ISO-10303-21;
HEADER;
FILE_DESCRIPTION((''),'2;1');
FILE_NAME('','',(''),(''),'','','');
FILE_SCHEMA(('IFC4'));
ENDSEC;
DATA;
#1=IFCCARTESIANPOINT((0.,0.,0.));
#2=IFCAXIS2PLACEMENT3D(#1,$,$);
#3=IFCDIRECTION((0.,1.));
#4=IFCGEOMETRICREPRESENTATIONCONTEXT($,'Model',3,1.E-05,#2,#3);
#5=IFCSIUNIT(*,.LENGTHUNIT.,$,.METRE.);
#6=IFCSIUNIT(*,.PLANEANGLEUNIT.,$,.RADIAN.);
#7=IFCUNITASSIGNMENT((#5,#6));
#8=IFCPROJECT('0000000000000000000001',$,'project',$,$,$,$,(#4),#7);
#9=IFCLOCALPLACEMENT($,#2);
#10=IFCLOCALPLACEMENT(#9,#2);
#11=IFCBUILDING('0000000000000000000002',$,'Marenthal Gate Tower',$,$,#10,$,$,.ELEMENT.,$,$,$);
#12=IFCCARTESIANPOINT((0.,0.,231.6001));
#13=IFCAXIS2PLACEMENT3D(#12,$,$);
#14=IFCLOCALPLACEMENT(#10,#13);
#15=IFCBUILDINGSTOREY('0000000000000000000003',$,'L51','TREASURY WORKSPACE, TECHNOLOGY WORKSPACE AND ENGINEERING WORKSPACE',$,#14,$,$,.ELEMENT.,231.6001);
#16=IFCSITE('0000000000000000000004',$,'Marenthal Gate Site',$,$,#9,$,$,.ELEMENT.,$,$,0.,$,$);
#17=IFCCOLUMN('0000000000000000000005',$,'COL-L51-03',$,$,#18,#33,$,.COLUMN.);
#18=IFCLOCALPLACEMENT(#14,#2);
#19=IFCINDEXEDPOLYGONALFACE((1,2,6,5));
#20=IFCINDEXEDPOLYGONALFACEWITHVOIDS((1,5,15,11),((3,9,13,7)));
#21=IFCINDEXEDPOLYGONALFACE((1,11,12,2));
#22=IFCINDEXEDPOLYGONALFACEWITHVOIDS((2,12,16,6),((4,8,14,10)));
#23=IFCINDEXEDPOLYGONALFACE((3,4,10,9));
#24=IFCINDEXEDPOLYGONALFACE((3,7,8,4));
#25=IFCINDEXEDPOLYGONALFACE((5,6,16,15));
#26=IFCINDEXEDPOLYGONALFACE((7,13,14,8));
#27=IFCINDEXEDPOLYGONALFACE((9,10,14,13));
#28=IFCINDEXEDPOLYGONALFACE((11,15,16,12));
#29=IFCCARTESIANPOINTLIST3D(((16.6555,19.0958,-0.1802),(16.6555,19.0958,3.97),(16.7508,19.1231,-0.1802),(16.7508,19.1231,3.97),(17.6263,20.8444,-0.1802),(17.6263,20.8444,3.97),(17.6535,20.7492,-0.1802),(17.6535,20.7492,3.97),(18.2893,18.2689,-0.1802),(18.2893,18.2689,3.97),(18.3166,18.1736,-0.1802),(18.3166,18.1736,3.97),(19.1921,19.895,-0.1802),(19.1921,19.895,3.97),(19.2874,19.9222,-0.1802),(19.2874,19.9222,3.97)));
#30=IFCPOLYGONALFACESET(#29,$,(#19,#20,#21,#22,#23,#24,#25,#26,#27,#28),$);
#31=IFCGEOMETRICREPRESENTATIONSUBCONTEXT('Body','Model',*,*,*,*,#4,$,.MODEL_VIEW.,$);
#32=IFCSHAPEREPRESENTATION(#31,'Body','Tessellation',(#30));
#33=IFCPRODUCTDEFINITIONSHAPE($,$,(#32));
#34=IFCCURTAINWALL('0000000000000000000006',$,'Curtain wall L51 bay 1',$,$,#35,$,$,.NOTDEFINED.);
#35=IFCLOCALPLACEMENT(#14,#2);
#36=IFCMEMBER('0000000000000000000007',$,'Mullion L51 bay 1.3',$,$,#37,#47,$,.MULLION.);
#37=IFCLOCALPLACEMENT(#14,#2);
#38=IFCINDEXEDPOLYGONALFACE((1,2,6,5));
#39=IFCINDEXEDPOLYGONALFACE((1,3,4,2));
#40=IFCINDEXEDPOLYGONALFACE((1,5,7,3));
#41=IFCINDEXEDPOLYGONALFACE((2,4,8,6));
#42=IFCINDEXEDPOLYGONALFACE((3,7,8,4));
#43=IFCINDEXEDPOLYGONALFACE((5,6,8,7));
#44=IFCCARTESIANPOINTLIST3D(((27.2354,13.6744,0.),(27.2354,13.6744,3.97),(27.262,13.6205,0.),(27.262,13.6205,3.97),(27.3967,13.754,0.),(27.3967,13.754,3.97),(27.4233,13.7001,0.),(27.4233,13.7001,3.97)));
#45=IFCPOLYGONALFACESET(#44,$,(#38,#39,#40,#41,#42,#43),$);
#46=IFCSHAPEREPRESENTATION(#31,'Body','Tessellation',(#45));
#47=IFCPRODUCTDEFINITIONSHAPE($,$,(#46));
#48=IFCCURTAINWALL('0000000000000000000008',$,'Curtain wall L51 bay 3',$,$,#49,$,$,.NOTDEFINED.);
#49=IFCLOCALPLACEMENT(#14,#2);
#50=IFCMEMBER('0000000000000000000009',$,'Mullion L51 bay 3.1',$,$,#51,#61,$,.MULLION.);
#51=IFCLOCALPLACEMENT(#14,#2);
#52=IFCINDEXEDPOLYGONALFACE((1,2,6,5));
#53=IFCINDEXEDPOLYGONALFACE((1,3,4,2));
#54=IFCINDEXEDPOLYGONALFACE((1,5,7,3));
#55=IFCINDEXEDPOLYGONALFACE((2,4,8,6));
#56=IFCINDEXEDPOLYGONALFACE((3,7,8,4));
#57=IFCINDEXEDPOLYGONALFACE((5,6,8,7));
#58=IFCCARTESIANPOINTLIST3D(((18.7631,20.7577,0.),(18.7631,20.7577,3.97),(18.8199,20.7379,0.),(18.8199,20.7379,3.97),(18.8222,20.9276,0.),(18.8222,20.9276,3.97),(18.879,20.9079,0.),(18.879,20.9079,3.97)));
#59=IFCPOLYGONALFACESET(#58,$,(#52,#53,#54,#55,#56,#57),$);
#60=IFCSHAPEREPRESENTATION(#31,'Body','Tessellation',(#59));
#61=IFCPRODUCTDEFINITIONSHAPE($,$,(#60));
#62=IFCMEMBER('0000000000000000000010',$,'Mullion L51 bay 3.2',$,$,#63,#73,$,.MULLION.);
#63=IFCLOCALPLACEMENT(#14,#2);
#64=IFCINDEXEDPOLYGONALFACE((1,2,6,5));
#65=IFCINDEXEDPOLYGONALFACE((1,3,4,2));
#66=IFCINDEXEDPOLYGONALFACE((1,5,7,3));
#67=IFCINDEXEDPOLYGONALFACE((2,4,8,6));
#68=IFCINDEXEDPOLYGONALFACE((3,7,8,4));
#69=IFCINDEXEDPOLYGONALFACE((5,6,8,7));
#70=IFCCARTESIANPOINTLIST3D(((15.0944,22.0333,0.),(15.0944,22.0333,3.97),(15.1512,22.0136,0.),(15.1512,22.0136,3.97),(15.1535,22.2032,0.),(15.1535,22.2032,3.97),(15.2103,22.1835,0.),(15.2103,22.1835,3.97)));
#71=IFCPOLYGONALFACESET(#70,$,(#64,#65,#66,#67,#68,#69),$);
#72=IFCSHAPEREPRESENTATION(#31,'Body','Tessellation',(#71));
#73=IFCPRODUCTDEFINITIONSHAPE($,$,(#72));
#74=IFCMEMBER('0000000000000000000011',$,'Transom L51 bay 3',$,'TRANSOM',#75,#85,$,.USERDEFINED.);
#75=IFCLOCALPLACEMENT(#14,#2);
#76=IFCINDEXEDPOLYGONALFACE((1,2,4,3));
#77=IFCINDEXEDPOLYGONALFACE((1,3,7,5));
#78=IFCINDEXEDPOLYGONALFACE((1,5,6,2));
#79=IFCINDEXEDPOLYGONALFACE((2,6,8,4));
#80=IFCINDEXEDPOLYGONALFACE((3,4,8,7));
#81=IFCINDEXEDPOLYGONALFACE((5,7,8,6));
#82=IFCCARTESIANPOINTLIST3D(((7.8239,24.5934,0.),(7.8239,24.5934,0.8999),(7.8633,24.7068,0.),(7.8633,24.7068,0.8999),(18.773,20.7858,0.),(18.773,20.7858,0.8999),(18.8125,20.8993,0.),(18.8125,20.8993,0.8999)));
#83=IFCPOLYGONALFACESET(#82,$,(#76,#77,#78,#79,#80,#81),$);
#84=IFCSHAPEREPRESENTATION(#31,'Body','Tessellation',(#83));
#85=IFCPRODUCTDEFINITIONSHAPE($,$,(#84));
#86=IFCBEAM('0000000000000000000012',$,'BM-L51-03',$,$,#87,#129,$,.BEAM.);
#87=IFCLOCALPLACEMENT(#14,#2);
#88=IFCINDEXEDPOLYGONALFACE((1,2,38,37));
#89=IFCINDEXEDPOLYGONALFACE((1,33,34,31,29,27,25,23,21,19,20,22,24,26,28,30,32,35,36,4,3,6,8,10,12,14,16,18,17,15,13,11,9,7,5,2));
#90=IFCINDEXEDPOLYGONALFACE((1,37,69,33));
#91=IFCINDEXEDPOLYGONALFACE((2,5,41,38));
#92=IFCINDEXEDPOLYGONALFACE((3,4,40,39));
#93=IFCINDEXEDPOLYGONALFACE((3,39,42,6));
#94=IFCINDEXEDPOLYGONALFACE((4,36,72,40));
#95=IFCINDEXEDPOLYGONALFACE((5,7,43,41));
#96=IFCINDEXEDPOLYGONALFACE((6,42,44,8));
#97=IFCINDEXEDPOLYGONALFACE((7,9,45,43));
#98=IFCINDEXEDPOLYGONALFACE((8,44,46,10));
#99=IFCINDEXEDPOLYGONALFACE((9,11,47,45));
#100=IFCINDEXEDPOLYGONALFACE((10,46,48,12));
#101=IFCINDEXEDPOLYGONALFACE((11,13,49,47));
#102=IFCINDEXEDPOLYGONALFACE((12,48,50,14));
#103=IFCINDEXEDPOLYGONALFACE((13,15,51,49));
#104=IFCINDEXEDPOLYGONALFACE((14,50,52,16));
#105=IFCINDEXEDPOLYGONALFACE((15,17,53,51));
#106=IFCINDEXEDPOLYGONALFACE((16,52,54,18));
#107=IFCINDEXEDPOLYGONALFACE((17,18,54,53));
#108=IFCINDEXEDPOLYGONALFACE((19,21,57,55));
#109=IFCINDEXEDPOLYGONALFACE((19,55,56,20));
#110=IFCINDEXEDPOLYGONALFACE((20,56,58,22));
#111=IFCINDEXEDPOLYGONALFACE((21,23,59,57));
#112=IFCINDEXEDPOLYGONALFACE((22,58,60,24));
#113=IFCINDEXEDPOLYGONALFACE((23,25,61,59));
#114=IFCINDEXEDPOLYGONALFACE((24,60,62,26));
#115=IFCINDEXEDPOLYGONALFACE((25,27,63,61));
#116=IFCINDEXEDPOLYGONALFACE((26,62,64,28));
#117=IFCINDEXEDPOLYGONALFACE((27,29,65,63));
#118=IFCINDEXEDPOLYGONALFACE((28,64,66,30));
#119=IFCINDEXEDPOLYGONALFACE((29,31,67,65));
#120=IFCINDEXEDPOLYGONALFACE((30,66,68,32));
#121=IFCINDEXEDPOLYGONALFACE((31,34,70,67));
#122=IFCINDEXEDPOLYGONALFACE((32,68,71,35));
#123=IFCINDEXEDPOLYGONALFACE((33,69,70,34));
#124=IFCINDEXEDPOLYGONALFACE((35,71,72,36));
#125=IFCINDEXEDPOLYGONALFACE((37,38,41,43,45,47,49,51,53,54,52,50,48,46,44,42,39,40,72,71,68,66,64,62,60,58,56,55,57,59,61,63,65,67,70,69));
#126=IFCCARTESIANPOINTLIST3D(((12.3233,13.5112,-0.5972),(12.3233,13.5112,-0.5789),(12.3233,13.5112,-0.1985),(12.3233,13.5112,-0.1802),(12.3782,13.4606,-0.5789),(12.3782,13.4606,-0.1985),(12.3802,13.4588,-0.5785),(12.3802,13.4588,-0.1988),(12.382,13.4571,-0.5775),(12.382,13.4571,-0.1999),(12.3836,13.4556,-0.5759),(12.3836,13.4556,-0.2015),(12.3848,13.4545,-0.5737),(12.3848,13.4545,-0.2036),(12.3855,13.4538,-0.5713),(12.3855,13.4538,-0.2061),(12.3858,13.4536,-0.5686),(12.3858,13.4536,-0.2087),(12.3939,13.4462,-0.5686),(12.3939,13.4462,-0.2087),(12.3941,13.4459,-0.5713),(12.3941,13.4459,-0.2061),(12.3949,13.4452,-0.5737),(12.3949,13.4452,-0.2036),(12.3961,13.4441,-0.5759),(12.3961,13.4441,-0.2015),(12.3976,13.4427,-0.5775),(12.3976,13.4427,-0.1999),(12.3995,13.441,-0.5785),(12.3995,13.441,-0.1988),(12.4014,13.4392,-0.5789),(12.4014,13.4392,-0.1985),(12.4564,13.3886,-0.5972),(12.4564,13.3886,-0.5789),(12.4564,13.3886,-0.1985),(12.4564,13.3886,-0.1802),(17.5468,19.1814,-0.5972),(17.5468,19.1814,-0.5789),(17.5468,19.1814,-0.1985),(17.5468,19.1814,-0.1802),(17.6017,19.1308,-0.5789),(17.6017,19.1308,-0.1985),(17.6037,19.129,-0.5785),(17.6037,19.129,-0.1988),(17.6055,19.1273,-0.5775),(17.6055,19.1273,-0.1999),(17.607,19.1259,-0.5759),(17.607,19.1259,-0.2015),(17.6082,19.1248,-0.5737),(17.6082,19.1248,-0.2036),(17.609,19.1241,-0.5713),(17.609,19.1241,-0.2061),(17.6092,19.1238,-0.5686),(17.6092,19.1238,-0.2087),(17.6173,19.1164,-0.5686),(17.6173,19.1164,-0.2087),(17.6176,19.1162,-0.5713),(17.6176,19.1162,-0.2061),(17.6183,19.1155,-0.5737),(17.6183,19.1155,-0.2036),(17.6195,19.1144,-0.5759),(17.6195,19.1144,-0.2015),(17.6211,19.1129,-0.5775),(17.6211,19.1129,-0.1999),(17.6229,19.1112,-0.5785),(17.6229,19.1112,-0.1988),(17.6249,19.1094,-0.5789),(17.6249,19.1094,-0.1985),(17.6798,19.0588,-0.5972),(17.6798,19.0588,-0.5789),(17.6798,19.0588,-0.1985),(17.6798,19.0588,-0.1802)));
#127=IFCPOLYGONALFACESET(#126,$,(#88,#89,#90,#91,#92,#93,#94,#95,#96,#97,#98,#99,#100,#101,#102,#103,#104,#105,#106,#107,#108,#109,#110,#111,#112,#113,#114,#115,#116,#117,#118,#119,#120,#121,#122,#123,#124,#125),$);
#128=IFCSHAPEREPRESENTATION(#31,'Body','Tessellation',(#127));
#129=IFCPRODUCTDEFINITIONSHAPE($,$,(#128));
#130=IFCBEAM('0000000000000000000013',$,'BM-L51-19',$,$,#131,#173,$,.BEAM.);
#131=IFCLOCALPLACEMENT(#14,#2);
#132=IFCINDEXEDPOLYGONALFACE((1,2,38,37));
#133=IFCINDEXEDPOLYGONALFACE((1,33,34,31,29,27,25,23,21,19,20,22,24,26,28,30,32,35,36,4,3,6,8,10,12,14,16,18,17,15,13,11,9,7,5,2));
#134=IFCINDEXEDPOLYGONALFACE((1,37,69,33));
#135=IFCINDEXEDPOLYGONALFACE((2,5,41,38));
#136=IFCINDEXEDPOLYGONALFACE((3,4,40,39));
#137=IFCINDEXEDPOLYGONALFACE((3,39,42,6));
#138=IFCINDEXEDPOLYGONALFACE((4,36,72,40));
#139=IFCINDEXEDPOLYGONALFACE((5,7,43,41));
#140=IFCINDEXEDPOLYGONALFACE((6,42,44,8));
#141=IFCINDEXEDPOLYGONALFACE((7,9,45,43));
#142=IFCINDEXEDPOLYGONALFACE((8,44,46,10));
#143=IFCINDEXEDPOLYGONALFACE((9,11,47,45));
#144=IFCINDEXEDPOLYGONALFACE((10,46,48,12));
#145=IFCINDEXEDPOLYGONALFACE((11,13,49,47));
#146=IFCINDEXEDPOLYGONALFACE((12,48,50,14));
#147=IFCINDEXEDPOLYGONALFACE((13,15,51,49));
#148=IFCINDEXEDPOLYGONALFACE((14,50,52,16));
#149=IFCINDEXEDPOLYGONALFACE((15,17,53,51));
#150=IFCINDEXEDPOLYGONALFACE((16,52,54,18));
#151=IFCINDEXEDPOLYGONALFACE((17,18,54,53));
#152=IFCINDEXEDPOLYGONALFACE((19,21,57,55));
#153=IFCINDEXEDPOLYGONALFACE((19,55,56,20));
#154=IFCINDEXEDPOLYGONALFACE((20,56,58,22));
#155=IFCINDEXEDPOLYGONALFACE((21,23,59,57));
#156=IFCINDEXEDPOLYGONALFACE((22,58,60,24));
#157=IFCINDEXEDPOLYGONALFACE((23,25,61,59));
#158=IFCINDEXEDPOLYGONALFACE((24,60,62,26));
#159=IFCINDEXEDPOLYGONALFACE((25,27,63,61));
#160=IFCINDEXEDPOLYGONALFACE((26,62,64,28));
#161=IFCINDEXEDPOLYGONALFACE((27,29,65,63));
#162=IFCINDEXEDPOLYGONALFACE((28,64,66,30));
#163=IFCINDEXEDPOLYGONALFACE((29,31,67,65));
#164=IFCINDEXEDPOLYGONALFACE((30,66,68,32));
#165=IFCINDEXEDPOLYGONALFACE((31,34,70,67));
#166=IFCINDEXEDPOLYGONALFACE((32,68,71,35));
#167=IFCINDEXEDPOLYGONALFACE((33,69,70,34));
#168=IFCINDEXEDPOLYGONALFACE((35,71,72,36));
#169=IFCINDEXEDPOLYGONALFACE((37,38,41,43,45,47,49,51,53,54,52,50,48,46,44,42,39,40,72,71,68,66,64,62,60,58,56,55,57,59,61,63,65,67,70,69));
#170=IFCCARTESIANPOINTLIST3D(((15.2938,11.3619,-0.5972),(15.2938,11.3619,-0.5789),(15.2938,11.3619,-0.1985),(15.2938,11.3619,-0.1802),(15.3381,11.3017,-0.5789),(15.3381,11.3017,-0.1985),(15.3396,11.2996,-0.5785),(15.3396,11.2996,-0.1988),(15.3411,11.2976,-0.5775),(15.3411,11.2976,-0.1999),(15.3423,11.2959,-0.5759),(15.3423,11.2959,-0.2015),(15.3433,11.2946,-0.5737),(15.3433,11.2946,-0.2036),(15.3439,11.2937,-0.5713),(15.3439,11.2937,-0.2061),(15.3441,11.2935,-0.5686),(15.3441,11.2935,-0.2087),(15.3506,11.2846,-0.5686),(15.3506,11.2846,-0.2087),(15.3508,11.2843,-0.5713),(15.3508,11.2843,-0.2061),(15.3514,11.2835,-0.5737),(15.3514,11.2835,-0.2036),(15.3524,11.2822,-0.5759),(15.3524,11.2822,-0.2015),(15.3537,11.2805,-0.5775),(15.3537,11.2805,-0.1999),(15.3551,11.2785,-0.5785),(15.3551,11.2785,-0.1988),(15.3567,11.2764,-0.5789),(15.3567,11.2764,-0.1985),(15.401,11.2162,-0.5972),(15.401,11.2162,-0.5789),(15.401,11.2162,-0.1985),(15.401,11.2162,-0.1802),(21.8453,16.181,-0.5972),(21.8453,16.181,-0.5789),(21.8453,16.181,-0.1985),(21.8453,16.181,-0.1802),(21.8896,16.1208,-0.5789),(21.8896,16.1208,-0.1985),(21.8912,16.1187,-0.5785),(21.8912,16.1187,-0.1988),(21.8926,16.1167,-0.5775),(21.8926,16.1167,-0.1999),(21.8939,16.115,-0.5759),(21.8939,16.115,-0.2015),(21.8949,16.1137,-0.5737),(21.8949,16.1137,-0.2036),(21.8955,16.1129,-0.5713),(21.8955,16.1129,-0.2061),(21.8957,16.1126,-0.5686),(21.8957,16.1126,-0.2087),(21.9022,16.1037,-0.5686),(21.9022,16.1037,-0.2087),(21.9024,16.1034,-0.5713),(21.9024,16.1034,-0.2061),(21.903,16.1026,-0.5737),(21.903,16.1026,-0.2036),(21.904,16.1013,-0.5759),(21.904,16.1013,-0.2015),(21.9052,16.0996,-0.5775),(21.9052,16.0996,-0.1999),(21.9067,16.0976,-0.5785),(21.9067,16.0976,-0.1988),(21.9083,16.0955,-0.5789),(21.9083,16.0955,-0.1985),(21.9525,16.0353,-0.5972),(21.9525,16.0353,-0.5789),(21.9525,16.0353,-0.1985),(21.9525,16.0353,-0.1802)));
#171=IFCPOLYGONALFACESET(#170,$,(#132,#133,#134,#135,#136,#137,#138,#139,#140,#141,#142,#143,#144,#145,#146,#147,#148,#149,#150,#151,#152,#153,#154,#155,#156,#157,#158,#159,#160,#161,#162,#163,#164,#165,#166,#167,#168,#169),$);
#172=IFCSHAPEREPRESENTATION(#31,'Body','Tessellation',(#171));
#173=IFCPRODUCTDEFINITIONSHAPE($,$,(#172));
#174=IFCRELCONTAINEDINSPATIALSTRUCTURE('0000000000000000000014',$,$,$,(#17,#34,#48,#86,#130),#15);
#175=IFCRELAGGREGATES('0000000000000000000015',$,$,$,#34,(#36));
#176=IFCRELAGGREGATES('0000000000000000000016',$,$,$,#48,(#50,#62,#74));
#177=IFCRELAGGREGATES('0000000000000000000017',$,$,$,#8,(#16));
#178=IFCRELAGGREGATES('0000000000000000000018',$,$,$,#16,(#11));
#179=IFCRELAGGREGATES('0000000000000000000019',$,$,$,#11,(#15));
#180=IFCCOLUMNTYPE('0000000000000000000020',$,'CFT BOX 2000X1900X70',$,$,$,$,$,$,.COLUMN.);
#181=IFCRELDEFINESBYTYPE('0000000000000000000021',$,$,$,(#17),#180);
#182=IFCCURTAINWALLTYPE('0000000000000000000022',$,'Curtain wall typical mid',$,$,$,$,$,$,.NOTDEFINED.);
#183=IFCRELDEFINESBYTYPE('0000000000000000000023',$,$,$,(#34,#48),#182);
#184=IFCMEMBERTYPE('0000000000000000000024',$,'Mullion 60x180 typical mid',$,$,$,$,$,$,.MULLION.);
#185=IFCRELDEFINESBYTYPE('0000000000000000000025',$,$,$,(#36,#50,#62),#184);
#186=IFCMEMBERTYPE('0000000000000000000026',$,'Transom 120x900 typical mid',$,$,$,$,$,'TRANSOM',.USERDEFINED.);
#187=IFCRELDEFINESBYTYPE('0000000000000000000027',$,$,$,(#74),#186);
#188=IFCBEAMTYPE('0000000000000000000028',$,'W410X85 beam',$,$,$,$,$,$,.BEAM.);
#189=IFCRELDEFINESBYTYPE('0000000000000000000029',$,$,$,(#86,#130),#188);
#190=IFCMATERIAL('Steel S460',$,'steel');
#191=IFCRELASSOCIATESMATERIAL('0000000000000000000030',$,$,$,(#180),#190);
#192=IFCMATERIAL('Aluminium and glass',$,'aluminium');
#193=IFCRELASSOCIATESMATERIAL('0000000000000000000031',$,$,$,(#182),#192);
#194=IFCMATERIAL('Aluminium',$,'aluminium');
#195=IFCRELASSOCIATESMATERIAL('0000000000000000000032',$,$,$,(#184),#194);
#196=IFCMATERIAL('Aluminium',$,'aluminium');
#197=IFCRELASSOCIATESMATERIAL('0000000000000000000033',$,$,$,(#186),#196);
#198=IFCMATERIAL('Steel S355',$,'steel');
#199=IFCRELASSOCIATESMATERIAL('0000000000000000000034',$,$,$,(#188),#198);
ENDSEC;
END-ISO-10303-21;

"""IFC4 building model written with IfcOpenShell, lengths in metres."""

from ifc_helpers import new_model, si_unit, direction, frame, origin, origin_2d, place, context, subcontext, project, spatial, rectangle, hollow_rectangle, i_section, extrude, material, material_profile, profile_set, type_object, element, aggregate, save


model = new_model("IFC4")

# Units and contexts
model_context = context("Model", 3, precision=1e-05, world=origin(), true_north=direction((0.0, 1.0)))
body_context = subcontext(model_context, "Body", "Model", "MODEL_VIEW")
ifc_project = project(units=[si_unit("LENGTHUNIT", "METRE"), si_unit("PLANEANGLEUNIT", "RADIAN")], contexts=[model_context])

# Site, building, storey
site_placement = place(None, origin())
site = spatial("IfcSite", under=ifc_project, at=site_placement, Name="Marenthal Gate Site", CompositionType="ELEMENT", RefElevation=0.0)
building_placement = place(site_placement, origin())
building = spatial("IfcBuilding", under=site, at=building_placement, Name="Marenthal Gate Tower", CompositionType="ELEMENT")
storey_placement = place(building_placement, frame((0.0, 0.0, 231.6001)))
storey = spatial("IfcBuildingStorey", under=building, at=storey_placement, Name="L51", Description="TREASURY WORKSPACE, TECHNOLOGY WORKSPACE AND ENGINEERING WORKSPACE", CompositionType="ELEMENT", Elevation=231.6001)

# Column
ifc_material_1 = material(Name="Steel S460", Category="steel")
ifc_material_profile_1 = material_profile(ifc_material_1, hollow_rectangle(XDim=1.8999, YDim=2.0, WallThickness=0.0701, at=origin_2d()), Name="CFT BOX 2000X1900X70")
ifc_material_2 = material(Name="Concrete 70 MPa", Category="concrete")
ifc_material_profile_2 = material_profile(ifc_material_2, rectangle(XDim=1.76, YDim=1.8601, at=origin_2d()), Name="CFT BOX 2000X1900X70 INFILL")
ifc_profile_set_1 = profile_set([ifc_material_profile_1, ifc_material_profile_2], Name="Steel S460 shell, Concrete 70 MPa infill")
column_type = type_object("IfcColumnType", Name="CFT BOX 2000X1900X70", PredefinedType="COLUMN", material=ifc_profile_set_1)
column_placement = place(storey_placement, frame((17.9714, 19.509, -0.1802), z_axis=(0.0, 0.0, 1.0), x_axis=(0.874301, -0.485385, 0.0)))
element("IfcColumn", 1, at=column_placement, inside=storey, type_object=column_type, Name="COL-L51-03", PredefinedType="COLUMN", context=body_context, shape_type="SweptSolid", body=[
    extrude(hollow_rectangle(XDim=1.8999, YDim=2.0, WallThickness=0.0701, at=origin_2d()), origin(), (0.0, 0.0, 1.0), 4.1501),
])

# Curtain wall, member
ifc_material_3 = material(Name="Aluminium and glass", Category="aluminium")
curtain_wall_type = type_object("IfcCurtainWallType", Name="Curtain wall typical mid", PredefinedType="NOTDEFINED", material=ifc_material_3)
curtain_wall_1_placement = place(storey_placement, origin())
curtain_wall_1 = element("IfcCurtainWall", 2, at=curtain_wall_1_placement, inside=storey, type_object=curtain_wall_type, Name="Curtain wall L51 bay 1", PredefinedType="NOTDEFINED")
ifc_material_4 = material(Name="Aluminium", Category="aluminium")
ifc_material_profile_3 = material_profile(ifc_material_4, rectangle(XDim=0.1799, YDim=0.0601, at=origin_2d()), Name="60x180 aluminium mullion")
ifc_profile_set_2 = profile_set([ifc_material_profile_3], Name="Aluminium")
member_type_1 = type_object("IfcMemberType", Name="Mullion 60x180 typical mid", PredefinedType="MULLION", material=ifc_profile_set_2)
member_1_placement = place(storey_placement, frame((27.3293, 13.6873, 0.0), z_axis=(0.0, 0.0, 1.0), x_axis=(-0.896798, -0.442441, 0.0)))
member_1 = element("IfcMember", 3, at=member_1_placement, type_object=member_type_1, Name="Mullion L51 bay 1.3", PredefinedType="MULLION", context=body_context, shape_type="SweptSolid", body=[
    extrude(rectangle(XDim=0.1799, YDim=0.0601, at=origin_2d()), origin(), (0.0, 0.0, 1.0), 3.97),
])
aggregate(curtain_wall_1, [member_1])

# Curtain wall, members
curtain_wall_2_placement = place(storey_placement, origin())
curtain_wall_2 = element("IfcCurtainWall", 4, at=curtain_wall_2_placement, inside=storey, type_object=curtain_wall_type, Name="Curtain wall L51 bay 3", PredefinedType="NOTDEFINED")
member_2_placement = place(storey_placement, frame((18.821, 20.8328, 0.0), z_axis=(0.0, 0.0, 1.0), x_axis=(-0.328468, -0.944515, 0.0)))
member_2 = element("IfcMember", 5, at=member_2_placement, type_object=member_type_1, Name="Mullion L51 bay 3.1", PredefinedType="MULLION", context=body_context, shape_type="SweptSolid", body=[
    extrude(rectangle(XDim=0.1799, YDim=0.0601, at=origin_2d()), origin(), (0.0, 0.0, 1.0), 3.97),
])
member_3_placement = place(storey_placement, frame((15.1523, 22.1084, 0.0), z_axis=(0.0, 0.0, 1.0), x_axis=(-0.328468, -0.944515, 0.0)))
member_3 = element("IfcMember", 6, at=member_3_placement, type_object=member_type_1, Name="Mullion L51 bay 3.2", PredefinedType="MULLION", context=body_context, shape_type="SweptSolid", body=[
    extrude(rectangle(XDim=0.1799, YDim=0.0601, at=origin_2d()), origin(), (0.0, 0.0, 1.0), 3.97),
])
ifc_material_5 = material(Name="Aluminium", Category="aluminium")
ifc_material_profile_4 = material_profile(ifc_material_5, rectangle(XDim=0.1201, YDim=0.8999, at=origin_2d()), Name="120x900 aluminium transom")
ifc_profile_set_3 = profile_set([ifc_material_profile_4], Name="Aluminium")
member_type_2 = type_object("IfcMemberType", Name="Transom 120x900 typical mid", ElementType="TRANSOM", PredefinedType="USERDEFINED", material=ifc_profile_set_3)
member_4_placement = place(storey_placement, frame((18.7927, 20.8425, 0.45), z_axis=(-0.944518, 0.328459, 0.0), x_axis=(-0.328459, -0.944518, 0.0)))
member_4 = element("IfcMember", 7, at=member_4_placement, type_object=member_type_2, Name="Transom L51 bay 3", ObjectType="TRANSOM", PredefinedType="USERDEFINED", context=body_context, shape_type="SweptSolid", body=[
    extrude(rectangle(XDim=0.1201, YDim=0.8999, at=origin_2d()), origin(), (0.0, 0.0, 1.0), 11.5923),
])

# Beams
ifc_material_6 = material(Name="Steel S355", Category="steel")
ifc_material_profile_5 = material_profile(ifc_material_6, i_section(OverallWidth=0.1809, OverallDepth=0.417, WebThickness=0.011, FlangeThickness=0.0183, FilletRadius=0.0103, at=origin_2d()), Name="W410X85")
ifc_profile_set_4 = profile_set([ifc_material_profile_5], Name="Steel S355")
beam_type_1 = type_object("IfcBeamType", Name="W410X85 beam", PredefinedType="BEAM", material=ifc_profile_set_4)
beam_1_placement = place(storey_placement, frame((17.6133, 19.1201, -0.3887), z_axis=(-0.677537, -0.735489, 0.0), x_axis=(0.735489, -0.677537, 0.0)))
element("IfcBeam", 8, at=beam_1_placement, inside=storey, type_object=beam_type_1, Name="BM-L51-03", PredefinedType="BEAM", context=body_context, shape_type="SweptSolid", body=[
    extrude(i_section(OverallWidth=0.1809, OverallDepth=0.417, WebThickness=0.011, FlangeThickness=0.0183, FilletRadius=0.0103, at=origin_2d()), origin(), (0.0, 0.0, 1.0), 7.7095),
])
beam_2_placement = place(storey_placement, frame((21.8989, 16.1082, -0.3887), z_axis=(-0.805545, -0.592534, 0.0), x_axis=(0.592534, -0.805545, 0.0)))
element("IfcBeam", 9, at=beam_2_placement, inside=storey, type_object=beam_type_1, Name="BM-L51-19", PredefinedType="BEAM", context=body_context, shape_type="SweptSolid", body=[
    extrude(i_section(OverallWidth=0.1809, OverallDepth=0.417, WebThickness=0.011, FlangeThickness=0.0183, FilletRadius=0.0103, at=origin_2d()), origin(), (0.0, 0.0, 1.0), 8.1331),
])

aggregate(curtain_wall_2, [member_2, member_3, member_4])

save(model, "model.ifc")
